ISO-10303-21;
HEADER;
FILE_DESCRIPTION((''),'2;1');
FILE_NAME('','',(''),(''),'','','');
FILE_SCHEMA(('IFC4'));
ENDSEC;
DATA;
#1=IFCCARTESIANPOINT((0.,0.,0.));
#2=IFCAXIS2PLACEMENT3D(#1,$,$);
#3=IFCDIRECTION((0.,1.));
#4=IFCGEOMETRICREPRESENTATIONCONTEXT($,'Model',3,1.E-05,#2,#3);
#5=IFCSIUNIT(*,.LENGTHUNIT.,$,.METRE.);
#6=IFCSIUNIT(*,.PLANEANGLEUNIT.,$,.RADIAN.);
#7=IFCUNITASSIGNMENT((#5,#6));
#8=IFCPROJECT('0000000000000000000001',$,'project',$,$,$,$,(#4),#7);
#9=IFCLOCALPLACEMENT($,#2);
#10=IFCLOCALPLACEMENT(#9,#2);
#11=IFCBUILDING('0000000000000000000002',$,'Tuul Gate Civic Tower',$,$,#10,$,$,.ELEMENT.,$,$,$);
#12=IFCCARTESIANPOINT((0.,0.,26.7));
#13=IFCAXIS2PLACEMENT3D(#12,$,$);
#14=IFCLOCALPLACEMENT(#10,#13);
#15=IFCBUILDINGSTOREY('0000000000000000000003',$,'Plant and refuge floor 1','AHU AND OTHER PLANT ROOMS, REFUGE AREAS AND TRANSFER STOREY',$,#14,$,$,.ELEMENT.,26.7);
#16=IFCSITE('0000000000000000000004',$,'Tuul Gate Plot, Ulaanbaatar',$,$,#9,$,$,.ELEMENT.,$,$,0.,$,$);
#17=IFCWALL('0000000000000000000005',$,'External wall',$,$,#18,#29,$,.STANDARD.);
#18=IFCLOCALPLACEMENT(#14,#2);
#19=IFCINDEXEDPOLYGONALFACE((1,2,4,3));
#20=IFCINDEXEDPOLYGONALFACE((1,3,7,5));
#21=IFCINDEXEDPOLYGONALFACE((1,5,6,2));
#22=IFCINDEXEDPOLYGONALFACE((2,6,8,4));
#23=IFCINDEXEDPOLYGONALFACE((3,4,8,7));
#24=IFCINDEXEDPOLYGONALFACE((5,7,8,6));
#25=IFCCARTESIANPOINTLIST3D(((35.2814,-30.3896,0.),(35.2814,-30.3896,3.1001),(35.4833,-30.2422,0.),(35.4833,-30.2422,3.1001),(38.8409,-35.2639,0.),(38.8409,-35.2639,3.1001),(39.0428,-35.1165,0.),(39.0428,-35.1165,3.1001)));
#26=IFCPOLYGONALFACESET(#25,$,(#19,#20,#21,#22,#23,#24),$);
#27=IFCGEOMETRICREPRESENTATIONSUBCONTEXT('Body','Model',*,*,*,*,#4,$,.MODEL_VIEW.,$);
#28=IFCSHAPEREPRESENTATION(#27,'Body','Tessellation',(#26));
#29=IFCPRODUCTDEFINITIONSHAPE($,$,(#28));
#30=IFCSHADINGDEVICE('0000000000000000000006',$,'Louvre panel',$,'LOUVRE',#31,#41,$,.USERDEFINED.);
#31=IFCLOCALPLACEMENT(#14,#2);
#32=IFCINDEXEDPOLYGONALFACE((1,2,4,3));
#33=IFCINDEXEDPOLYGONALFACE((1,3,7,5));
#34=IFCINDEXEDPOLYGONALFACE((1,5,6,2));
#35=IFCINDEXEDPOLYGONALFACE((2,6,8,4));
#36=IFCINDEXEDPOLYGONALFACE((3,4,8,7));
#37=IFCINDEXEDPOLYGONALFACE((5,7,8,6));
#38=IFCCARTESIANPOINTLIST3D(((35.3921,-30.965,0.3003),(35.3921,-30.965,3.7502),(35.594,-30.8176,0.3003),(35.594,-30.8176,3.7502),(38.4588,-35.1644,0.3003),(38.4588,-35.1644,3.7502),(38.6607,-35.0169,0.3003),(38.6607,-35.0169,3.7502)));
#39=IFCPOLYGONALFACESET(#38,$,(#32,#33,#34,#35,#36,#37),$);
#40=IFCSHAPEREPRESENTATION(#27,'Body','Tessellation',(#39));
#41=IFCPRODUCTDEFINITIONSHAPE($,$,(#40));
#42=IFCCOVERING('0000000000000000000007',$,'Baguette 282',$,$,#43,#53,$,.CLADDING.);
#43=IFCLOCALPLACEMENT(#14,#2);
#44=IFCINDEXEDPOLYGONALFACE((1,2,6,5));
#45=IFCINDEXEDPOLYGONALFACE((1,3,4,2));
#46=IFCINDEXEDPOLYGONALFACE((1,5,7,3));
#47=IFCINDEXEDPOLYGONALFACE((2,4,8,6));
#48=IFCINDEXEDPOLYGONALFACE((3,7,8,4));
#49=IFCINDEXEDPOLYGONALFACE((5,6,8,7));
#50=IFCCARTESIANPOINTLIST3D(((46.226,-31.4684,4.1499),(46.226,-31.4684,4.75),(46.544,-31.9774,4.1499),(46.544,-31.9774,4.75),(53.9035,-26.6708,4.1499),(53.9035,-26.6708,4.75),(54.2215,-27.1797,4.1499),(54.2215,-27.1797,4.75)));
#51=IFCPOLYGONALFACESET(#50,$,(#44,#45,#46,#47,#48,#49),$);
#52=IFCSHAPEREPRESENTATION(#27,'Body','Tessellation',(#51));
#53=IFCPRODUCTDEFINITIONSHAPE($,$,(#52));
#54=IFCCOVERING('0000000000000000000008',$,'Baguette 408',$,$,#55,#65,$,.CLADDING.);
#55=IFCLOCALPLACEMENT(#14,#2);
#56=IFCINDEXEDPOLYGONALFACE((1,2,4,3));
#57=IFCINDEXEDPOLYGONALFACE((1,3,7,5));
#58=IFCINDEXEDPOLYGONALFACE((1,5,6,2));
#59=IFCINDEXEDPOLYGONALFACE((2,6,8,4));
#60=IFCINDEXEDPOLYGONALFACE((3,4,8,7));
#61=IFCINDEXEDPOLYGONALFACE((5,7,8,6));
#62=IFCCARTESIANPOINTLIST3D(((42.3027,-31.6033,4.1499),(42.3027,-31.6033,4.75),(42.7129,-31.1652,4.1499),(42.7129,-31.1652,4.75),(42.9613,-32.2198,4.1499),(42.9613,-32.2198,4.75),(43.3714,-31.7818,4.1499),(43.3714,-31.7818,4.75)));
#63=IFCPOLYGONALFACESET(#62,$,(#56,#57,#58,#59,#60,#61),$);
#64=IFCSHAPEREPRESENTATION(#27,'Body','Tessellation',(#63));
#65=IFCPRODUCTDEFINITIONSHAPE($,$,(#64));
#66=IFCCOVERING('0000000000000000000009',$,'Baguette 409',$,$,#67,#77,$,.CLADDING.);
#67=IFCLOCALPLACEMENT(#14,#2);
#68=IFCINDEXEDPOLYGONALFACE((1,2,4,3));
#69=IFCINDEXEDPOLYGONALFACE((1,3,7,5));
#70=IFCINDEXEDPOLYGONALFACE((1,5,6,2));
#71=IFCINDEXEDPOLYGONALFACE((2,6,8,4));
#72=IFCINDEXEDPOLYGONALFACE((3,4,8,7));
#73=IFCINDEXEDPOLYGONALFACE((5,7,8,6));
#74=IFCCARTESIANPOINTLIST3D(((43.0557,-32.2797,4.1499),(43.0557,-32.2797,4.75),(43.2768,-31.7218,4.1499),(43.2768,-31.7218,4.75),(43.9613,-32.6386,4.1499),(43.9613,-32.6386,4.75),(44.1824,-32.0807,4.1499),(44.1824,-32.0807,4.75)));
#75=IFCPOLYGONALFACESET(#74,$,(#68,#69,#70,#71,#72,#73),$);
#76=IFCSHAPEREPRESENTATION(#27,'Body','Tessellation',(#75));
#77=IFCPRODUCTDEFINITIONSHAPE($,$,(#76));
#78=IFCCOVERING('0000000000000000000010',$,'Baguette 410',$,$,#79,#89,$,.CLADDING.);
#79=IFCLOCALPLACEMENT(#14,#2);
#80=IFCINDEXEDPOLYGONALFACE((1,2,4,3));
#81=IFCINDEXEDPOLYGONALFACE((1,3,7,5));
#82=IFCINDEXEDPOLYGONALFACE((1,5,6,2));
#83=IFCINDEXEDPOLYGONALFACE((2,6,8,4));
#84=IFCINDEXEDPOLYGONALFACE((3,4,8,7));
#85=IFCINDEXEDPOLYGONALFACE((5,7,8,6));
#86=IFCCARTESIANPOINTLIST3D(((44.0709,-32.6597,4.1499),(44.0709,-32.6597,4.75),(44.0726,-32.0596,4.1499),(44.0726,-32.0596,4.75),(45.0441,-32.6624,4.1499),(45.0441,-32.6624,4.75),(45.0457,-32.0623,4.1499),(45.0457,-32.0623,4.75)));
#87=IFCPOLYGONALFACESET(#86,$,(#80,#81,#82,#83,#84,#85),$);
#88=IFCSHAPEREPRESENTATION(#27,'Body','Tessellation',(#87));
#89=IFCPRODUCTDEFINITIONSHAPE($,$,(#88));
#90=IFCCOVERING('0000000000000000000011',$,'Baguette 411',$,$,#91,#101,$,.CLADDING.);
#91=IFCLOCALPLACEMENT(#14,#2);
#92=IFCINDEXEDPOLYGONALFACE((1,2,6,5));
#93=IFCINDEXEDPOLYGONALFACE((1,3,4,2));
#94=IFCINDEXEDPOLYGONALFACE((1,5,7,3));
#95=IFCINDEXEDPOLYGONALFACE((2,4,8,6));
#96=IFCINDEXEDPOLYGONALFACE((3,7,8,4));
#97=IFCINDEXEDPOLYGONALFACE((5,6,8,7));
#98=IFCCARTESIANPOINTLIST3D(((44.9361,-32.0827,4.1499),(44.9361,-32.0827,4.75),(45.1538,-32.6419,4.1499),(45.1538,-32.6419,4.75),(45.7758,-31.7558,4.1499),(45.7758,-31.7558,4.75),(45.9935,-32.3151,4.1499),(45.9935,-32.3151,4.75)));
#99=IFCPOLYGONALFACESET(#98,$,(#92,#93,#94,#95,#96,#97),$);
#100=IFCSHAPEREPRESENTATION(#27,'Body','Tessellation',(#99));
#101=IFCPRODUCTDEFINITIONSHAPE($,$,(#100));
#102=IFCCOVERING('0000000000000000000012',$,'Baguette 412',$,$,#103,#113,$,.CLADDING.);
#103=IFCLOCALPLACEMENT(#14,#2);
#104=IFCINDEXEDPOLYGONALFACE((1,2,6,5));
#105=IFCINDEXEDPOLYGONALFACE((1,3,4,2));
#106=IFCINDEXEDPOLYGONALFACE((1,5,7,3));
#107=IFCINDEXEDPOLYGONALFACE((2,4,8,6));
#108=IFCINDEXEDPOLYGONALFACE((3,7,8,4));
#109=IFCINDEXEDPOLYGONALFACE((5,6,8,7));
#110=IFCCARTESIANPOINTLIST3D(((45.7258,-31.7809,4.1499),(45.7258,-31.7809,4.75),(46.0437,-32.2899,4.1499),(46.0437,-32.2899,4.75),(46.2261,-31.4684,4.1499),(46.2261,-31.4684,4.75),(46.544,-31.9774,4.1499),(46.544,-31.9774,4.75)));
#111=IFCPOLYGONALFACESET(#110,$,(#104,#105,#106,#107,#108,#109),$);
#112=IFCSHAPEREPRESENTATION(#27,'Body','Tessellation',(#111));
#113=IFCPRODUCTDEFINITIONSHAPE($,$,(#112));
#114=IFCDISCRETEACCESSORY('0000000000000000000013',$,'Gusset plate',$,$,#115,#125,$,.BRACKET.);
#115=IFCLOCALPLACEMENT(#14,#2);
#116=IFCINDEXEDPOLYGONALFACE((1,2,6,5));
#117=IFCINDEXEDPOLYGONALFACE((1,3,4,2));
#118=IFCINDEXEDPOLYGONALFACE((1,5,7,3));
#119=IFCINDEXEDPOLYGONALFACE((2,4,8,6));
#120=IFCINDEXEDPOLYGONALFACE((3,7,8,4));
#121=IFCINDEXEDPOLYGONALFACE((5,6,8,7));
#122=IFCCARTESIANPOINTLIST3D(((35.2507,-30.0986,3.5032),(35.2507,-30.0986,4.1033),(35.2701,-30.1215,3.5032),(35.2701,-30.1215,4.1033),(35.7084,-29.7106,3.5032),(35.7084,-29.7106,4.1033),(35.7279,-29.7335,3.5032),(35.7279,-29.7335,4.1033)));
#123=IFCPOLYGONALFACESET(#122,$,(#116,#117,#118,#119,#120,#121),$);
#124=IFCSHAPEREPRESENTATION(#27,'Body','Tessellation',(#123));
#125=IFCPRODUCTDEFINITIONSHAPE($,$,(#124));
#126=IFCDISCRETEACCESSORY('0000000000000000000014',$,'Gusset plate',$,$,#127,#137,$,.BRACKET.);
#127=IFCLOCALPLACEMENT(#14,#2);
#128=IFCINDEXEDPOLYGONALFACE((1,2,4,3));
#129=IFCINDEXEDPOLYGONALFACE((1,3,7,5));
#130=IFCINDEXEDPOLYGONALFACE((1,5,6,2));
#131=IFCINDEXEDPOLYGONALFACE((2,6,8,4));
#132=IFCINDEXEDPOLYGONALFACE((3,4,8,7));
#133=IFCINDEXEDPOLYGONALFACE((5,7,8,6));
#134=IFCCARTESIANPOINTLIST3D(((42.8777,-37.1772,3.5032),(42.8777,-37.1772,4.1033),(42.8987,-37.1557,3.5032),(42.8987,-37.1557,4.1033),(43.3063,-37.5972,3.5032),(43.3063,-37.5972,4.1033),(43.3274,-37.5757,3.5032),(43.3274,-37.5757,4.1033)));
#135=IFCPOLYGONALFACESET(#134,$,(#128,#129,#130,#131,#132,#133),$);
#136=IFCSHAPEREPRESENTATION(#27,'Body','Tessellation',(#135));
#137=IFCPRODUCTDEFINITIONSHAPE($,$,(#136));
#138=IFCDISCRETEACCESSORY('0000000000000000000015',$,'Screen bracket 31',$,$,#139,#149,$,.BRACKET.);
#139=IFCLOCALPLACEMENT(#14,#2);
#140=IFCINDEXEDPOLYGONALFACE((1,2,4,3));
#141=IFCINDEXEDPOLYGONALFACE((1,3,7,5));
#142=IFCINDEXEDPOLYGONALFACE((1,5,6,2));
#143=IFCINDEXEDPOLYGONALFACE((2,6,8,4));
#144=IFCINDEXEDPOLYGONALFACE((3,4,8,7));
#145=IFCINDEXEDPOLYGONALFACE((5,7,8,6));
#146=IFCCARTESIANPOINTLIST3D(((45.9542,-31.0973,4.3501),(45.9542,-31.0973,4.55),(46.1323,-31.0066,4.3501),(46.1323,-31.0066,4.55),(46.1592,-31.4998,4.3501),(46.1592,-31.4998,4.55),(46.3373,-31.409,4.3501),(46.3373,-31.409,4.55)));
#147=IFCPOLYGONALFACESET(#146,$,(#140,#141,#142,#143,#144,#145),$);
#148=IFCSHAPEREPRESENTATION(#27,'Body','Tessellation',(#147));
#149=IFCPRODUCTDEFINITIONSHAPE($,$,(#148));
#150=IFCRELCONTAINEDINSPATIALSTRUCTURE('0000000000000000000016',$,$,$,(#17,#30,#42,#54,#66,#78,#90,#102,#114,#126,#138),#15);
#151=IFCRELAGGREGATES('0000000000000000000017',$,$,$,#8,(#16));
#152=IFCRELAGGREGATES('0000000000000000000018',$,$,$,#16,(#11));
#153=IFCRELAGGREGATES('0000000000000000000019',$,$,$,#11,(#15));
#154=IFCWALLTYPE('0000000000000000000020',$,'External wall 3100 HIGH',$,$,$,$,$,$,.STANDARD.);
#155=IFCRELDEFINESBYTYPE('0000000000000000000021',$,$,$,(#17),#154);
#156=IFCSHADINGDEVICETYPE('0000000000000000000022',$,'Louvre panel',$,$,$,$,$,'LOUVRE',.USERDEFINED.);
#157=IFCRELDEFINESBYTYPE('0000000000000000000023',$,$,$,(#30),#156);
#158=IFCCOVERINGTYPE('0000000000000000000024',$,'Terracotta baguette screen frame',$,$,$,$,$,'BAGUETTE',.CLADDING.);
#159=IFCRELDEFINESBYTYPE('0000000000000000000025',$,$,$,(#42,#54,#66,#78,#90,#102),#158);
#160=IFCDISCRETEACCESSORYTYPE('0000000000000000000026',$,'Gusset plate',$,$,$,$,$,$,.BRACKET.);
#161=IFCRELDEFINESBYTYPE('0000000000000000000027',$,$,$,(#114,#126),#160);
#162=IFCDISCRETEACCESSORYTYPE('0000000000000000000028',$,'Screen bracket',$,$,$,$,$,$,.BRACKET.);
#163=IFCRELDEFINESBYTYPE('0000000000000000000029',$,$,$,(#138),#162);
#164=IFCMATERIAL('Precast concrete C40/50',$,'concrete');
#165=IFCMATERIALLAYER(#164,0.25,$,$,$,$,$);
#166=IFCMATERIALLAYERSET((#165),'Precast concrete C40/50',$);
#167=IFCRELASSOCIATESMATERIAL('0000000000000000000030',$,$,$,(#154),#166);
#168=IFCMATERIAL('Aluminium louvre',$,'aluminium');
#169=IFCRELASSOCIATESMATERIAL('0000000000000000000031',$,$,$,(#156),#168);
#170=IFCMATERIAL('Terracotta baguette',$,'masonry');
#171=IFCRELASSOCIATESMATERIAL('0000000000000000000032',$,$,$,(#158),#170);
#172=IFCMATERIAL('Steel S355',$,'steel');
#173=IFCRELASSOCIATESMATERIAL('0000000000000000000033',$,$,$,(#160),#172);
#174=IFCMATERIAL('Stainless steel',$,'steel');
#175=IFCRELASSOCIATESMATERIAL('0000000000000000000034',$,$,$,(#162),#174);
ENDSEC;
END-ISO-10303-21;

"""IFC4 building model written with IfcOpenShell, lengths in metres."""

from ifc_helpers import new_model, si_unit, direction, frame, frame_2d, origin, origin_2d, place, context, subcontext, project, spatial, rectangle, extrude, material, layer, layer_set, material_profile, profile_set, type_object, element, save


model = new_model("IFC4")

# Units and contexts
model_context = context("Model", 3, precision=1e-05, world=origin(), true_north=direction((0.0, 1.0)))
body_context = subcontext(model_context, "Body", "Model", "MODEL_VIEW")
ifc_project = project(units=[si_unit("LENGTHUNIT", "METRE"), si_unit("PLANEANGLEUNIT", "RADIAN")], contexts=[model_context])

# Site, building, storey
site_placement = place(None, origin())
site = spatial("IfcSite", under=ifc_project, at=site_placement, Name="Tuul Gate Plot, Ulaanbaatar", CompositionType="ELEMENT", RefElevation=0.0)
building_placement = place(site_placement, origin())
building = spatial("IfcBuilding", under=site, at=building_placement, Name="Tuul Gate Civic Tower", CompositionType="ELEMENT")
storey_placement = place(building_placement, frame((0.0, 0.0, 26.7)))
storey = spatial("IfcBuildingStorey", under=building, at=storey_placement, Name="Plant and refuge floor 1", Description="AHU AND OTHER PLANT ROOMS, REFUGE AREAS AND TRANSFER STOREY", CompositionType="ELEMENT", Elevation=26.7)

# Wall
ifc_material_1 = material(Name="Precast concrete C40/50", Category="concrete")
ifc_layer_1 = layer(ifc_material_1, 0.25)
ifc_layer_set_1 = layer_set([ifc_layer_1], Name="Precast concrete C40/50")
wall_type_1 = type_object("IfcWallType", Name="External wall 3100 HIGH", PredefinedType="STANDARD", material=ifc_layer_set_1)
wall_1_placement = place(storey_placement, frame((35.3823, -30.3159, 0.0), z_axis=(0.0, 0.0, 1.0), x_axis=(0.589758, -0.80758, 0.0)))
element("IfcWall", 1, at=wall_1_placement, inside=storey, type_object=wall_type_1, Name="External wall", PredefinedType="STANDARD", context=body_context, shape_type="SweptSolid", body=[
    extrude(rectangle(XDim=6.0356, YDim=0.25, at=frame_2d((3.0178, 0.0))), origin(), (0.0, 0.0, 1.0), 3.1001),
])

# Shading device
ifc_material_2 = material(Name="Aluminium louvre", Category="aluminium")
shading_device_type = type_object("IfcShadingDeviceType", Name="Louvre panel", ElementType="LOUVRE", PredefinedType="USERDEFINED", material=ifc_material_2)
shading_device_placement = place(storey_placement, frame((37.0264, -32.991, 0.3003), z_axis=(0.0, 0.0, 1.0), x_axis=(-0.807581, -0.589756, 0.0)))
element("IfcShadingDevice", 2, at=shading_device_placement, inside=storey, type_object=shading_device_type, Name="Louvre panel", ObjectType="LOUVRE", PredefinedType="USERDEFINED", context=body_context, shape_type="SweptSolid", body=[
    extrude(rectangle(XDim=0.25, YDim=5.2, at=origin_2d()), origin(), (0.0, 0.0, 1.0), 3.45),
])

# Coverings
ifc_material_3 = material(Name="Terracotta baguette", Category="masonry")
ifc_material_profile_1 = material_profile(ifc_material_3, rectangle(XDim=0.6001, YDim=0.6001, at=origin_2d()), Name="Terracotta baguette screen frame")
ifc_profile_set_1 = profile_set([ifc_material_profile_1], Name="Terracotta baguette")
covering_type = type_object("IfcCoveringType", Name="Terracotta baguette screen frame", ElementType="BAGUETTE", PredefinedType="CLADDING", material=ifc_profile_set_1)
covering_1_placement = place(storey_placement, frame((46.385, -31.7229, 4.45), z_axis=(0.848039, 0.529933, 0.0), x_axis=(-0.529933, 0.848039, 0.0)))
element("IfcCovering", 3, at=covering_1_placement, inside=storey, type_object=covering_type, Name="Baguette 282", PredefinedType="CLADDING", context=body_context, shape_type="SweptSolid", body=[
    extrude(rectangle(XDim=0.6001, YDim=0.6001, at=origin_2d()), origin(), (0.0, 0.0, 1.0), 9.0532),
])
covering_2_placement = place(storey_placement, frame((42.5078, -31.3843, 4.45), z_axis=(0.730001, -0.683446, 0.0), x_axis=(0.683446, 0.730001, 0.0)))
element("IfcCovering", 4, at=covering_2_placement, inside=storey, type_object=covering_type, Name="Baguette 408", PredefinedType="CLADDING", context=body_context, shape_type="SweptSolid", body=[
    extrude(rectangle(XDim=0.6001, YDim=0.6001, at=origin_2d()), origin(), (0.0, 0.0, 1.0), 0.9021),
])
covering_3_placement = place(storey_placement, frame((43.1663, -32.0007, 4.45), z_axis=(0.929647, -0.36845, 0.0), x_axis=(0.36845, 0.929647, 0.0)))
element("IfcCovering", 5, at=covering_3_placement, inside=storey, type_object=covering_type, Name="Baguette 409", PredefinedType="CLADDING", context=body_context, shape_type="SweptSolid", body=[
    extrude(rectangle(XDim=0.6001, YDim=0.6001, at=origin_2d()), origin(), (0.0, 0.0, 1.0), 0.9741),
])
covering_4_placement = place(storey_placement, frame((44.0718, -32.3596, 4.45), z_axis=(0.999996, -0.00276, 0.0), x_axis=(0.00276, 0.999996, 0.0)))
element("IfcCovering", 6, at=covering_4_placement, inside=storey, type_object=covering_type, Name="Baguette 410", PredefinedType="CLADDING", context=body_context, shape_type="SweptSolid", body=[
    extrude(rectangle(XDim=0.6001, YDim=0.6001, at=origin_2d()), origin(), (0.0, 0.0, 1.0), 0.9731),
])
covering_5_placement = place(storey_placement, frame((45.0449, -32.3623, 4.45), z_axis=(0.931893, 0.362734, 0.0), x_axis=(-0.362734, 0.931893, 0.0)))
element("IfcCovering", 7, at=covering_5_placement, inside=storey, type_object=covering_type, Name="Baguette 411", PredefinedType="CLADDING", context=body_context, shape_type="SweptSolid", body=[
    extrude(rectangle(XDim=0.6001, YDim=0.6001, at=origin_2d()), origin(), (0.0, 0.0, 1.0), 0.9011),
])
covering_6_placement = place(storey_placement, frame((45.8848, -32.0354, 4.45), z_axis=(0.848115, 0.529813, 0.0), x_axis=(-0.529813, 0.848115, 0.0)))
element("IfcCovering", 8, at=covering_6_placement, inside=storey, type_object=covering_type, Name="Baguette 412", PredefinedType="CLADDING", context=body_context, shape_type="SweptSolid", body=[
    extrude(rectangle(XDim=0.6001, YDim=0.6001, at=origin_2d()), origin(), (0.0, 0.0, 1.0), 0.5898),
])

# Discrete accessories
ifc_material_4 = material(Name="Steel S355", Category="steel")
discrete_accessory_type_1 = type_object("IfcDiscreteAccessoryType", Name="Gusset plate", PredefinedType="BRACKET", material=ifc_material_4)
for number, where, z_axis, x_axis, name in (
    (9, (35.4893, -29.916, 3.5032), (0.0, 0.0, 1.0), (0.762835, 0.646593, 0.0), "Gusset plate"),
    (10, (43.1025, -37.3765, 3.5032), (0.0, 0.0, 1.0), (-0.714249, 0.699891, 0.0), "Gusset plate"),
):
    element("IfcDiscreteAccessory", number, at=place(storey_placement, frame(where, z_axis=z_axis, x_axis=x_axis)), inside=storey, type_object=discrete_accessory_type_1, Name=name, PredefinedType="BRACKET", context=body_context, shape_type="SweptSolid", body=[
        extrude(rectangle(XDim=0.6001, YDim=0.03, at=origin_2d()), origin(), (0.0, 0.0, 1.0), 0.6001),
    ])
ifc_material_5 = material(Name="Stainless steel", Category="steel")
discrete_accessory_type_2 = type_object("IfcDiscreteAccessoryType", Name="Screen bracket", PredefinedType="BRACKET", material=ifc_material_5)
discrete_accessory_placement = place(storey_placement, frame((46.1458, -31.2532, 4.3501), z_axis=(0.0, 0.0, 1.0), x_axis=(0.453849, -0.891079, 0.0)))
element("IfcDiscreteAccessory", 11, at=discrete_accessory_placement, inside=storey, type_object=discrete_accessory_type_2, Name="Screen bracket 31", PredefinedType="BRACKET", context=body_context, shape_type="SweptSolid", body=[
    extrude(rectangle(XDim=0.4517, YDim=0.2, at=origin_2d()), origin(), (0.0, 0.0, 1.0), 0.2),
])

save(model, "model.ifc")
